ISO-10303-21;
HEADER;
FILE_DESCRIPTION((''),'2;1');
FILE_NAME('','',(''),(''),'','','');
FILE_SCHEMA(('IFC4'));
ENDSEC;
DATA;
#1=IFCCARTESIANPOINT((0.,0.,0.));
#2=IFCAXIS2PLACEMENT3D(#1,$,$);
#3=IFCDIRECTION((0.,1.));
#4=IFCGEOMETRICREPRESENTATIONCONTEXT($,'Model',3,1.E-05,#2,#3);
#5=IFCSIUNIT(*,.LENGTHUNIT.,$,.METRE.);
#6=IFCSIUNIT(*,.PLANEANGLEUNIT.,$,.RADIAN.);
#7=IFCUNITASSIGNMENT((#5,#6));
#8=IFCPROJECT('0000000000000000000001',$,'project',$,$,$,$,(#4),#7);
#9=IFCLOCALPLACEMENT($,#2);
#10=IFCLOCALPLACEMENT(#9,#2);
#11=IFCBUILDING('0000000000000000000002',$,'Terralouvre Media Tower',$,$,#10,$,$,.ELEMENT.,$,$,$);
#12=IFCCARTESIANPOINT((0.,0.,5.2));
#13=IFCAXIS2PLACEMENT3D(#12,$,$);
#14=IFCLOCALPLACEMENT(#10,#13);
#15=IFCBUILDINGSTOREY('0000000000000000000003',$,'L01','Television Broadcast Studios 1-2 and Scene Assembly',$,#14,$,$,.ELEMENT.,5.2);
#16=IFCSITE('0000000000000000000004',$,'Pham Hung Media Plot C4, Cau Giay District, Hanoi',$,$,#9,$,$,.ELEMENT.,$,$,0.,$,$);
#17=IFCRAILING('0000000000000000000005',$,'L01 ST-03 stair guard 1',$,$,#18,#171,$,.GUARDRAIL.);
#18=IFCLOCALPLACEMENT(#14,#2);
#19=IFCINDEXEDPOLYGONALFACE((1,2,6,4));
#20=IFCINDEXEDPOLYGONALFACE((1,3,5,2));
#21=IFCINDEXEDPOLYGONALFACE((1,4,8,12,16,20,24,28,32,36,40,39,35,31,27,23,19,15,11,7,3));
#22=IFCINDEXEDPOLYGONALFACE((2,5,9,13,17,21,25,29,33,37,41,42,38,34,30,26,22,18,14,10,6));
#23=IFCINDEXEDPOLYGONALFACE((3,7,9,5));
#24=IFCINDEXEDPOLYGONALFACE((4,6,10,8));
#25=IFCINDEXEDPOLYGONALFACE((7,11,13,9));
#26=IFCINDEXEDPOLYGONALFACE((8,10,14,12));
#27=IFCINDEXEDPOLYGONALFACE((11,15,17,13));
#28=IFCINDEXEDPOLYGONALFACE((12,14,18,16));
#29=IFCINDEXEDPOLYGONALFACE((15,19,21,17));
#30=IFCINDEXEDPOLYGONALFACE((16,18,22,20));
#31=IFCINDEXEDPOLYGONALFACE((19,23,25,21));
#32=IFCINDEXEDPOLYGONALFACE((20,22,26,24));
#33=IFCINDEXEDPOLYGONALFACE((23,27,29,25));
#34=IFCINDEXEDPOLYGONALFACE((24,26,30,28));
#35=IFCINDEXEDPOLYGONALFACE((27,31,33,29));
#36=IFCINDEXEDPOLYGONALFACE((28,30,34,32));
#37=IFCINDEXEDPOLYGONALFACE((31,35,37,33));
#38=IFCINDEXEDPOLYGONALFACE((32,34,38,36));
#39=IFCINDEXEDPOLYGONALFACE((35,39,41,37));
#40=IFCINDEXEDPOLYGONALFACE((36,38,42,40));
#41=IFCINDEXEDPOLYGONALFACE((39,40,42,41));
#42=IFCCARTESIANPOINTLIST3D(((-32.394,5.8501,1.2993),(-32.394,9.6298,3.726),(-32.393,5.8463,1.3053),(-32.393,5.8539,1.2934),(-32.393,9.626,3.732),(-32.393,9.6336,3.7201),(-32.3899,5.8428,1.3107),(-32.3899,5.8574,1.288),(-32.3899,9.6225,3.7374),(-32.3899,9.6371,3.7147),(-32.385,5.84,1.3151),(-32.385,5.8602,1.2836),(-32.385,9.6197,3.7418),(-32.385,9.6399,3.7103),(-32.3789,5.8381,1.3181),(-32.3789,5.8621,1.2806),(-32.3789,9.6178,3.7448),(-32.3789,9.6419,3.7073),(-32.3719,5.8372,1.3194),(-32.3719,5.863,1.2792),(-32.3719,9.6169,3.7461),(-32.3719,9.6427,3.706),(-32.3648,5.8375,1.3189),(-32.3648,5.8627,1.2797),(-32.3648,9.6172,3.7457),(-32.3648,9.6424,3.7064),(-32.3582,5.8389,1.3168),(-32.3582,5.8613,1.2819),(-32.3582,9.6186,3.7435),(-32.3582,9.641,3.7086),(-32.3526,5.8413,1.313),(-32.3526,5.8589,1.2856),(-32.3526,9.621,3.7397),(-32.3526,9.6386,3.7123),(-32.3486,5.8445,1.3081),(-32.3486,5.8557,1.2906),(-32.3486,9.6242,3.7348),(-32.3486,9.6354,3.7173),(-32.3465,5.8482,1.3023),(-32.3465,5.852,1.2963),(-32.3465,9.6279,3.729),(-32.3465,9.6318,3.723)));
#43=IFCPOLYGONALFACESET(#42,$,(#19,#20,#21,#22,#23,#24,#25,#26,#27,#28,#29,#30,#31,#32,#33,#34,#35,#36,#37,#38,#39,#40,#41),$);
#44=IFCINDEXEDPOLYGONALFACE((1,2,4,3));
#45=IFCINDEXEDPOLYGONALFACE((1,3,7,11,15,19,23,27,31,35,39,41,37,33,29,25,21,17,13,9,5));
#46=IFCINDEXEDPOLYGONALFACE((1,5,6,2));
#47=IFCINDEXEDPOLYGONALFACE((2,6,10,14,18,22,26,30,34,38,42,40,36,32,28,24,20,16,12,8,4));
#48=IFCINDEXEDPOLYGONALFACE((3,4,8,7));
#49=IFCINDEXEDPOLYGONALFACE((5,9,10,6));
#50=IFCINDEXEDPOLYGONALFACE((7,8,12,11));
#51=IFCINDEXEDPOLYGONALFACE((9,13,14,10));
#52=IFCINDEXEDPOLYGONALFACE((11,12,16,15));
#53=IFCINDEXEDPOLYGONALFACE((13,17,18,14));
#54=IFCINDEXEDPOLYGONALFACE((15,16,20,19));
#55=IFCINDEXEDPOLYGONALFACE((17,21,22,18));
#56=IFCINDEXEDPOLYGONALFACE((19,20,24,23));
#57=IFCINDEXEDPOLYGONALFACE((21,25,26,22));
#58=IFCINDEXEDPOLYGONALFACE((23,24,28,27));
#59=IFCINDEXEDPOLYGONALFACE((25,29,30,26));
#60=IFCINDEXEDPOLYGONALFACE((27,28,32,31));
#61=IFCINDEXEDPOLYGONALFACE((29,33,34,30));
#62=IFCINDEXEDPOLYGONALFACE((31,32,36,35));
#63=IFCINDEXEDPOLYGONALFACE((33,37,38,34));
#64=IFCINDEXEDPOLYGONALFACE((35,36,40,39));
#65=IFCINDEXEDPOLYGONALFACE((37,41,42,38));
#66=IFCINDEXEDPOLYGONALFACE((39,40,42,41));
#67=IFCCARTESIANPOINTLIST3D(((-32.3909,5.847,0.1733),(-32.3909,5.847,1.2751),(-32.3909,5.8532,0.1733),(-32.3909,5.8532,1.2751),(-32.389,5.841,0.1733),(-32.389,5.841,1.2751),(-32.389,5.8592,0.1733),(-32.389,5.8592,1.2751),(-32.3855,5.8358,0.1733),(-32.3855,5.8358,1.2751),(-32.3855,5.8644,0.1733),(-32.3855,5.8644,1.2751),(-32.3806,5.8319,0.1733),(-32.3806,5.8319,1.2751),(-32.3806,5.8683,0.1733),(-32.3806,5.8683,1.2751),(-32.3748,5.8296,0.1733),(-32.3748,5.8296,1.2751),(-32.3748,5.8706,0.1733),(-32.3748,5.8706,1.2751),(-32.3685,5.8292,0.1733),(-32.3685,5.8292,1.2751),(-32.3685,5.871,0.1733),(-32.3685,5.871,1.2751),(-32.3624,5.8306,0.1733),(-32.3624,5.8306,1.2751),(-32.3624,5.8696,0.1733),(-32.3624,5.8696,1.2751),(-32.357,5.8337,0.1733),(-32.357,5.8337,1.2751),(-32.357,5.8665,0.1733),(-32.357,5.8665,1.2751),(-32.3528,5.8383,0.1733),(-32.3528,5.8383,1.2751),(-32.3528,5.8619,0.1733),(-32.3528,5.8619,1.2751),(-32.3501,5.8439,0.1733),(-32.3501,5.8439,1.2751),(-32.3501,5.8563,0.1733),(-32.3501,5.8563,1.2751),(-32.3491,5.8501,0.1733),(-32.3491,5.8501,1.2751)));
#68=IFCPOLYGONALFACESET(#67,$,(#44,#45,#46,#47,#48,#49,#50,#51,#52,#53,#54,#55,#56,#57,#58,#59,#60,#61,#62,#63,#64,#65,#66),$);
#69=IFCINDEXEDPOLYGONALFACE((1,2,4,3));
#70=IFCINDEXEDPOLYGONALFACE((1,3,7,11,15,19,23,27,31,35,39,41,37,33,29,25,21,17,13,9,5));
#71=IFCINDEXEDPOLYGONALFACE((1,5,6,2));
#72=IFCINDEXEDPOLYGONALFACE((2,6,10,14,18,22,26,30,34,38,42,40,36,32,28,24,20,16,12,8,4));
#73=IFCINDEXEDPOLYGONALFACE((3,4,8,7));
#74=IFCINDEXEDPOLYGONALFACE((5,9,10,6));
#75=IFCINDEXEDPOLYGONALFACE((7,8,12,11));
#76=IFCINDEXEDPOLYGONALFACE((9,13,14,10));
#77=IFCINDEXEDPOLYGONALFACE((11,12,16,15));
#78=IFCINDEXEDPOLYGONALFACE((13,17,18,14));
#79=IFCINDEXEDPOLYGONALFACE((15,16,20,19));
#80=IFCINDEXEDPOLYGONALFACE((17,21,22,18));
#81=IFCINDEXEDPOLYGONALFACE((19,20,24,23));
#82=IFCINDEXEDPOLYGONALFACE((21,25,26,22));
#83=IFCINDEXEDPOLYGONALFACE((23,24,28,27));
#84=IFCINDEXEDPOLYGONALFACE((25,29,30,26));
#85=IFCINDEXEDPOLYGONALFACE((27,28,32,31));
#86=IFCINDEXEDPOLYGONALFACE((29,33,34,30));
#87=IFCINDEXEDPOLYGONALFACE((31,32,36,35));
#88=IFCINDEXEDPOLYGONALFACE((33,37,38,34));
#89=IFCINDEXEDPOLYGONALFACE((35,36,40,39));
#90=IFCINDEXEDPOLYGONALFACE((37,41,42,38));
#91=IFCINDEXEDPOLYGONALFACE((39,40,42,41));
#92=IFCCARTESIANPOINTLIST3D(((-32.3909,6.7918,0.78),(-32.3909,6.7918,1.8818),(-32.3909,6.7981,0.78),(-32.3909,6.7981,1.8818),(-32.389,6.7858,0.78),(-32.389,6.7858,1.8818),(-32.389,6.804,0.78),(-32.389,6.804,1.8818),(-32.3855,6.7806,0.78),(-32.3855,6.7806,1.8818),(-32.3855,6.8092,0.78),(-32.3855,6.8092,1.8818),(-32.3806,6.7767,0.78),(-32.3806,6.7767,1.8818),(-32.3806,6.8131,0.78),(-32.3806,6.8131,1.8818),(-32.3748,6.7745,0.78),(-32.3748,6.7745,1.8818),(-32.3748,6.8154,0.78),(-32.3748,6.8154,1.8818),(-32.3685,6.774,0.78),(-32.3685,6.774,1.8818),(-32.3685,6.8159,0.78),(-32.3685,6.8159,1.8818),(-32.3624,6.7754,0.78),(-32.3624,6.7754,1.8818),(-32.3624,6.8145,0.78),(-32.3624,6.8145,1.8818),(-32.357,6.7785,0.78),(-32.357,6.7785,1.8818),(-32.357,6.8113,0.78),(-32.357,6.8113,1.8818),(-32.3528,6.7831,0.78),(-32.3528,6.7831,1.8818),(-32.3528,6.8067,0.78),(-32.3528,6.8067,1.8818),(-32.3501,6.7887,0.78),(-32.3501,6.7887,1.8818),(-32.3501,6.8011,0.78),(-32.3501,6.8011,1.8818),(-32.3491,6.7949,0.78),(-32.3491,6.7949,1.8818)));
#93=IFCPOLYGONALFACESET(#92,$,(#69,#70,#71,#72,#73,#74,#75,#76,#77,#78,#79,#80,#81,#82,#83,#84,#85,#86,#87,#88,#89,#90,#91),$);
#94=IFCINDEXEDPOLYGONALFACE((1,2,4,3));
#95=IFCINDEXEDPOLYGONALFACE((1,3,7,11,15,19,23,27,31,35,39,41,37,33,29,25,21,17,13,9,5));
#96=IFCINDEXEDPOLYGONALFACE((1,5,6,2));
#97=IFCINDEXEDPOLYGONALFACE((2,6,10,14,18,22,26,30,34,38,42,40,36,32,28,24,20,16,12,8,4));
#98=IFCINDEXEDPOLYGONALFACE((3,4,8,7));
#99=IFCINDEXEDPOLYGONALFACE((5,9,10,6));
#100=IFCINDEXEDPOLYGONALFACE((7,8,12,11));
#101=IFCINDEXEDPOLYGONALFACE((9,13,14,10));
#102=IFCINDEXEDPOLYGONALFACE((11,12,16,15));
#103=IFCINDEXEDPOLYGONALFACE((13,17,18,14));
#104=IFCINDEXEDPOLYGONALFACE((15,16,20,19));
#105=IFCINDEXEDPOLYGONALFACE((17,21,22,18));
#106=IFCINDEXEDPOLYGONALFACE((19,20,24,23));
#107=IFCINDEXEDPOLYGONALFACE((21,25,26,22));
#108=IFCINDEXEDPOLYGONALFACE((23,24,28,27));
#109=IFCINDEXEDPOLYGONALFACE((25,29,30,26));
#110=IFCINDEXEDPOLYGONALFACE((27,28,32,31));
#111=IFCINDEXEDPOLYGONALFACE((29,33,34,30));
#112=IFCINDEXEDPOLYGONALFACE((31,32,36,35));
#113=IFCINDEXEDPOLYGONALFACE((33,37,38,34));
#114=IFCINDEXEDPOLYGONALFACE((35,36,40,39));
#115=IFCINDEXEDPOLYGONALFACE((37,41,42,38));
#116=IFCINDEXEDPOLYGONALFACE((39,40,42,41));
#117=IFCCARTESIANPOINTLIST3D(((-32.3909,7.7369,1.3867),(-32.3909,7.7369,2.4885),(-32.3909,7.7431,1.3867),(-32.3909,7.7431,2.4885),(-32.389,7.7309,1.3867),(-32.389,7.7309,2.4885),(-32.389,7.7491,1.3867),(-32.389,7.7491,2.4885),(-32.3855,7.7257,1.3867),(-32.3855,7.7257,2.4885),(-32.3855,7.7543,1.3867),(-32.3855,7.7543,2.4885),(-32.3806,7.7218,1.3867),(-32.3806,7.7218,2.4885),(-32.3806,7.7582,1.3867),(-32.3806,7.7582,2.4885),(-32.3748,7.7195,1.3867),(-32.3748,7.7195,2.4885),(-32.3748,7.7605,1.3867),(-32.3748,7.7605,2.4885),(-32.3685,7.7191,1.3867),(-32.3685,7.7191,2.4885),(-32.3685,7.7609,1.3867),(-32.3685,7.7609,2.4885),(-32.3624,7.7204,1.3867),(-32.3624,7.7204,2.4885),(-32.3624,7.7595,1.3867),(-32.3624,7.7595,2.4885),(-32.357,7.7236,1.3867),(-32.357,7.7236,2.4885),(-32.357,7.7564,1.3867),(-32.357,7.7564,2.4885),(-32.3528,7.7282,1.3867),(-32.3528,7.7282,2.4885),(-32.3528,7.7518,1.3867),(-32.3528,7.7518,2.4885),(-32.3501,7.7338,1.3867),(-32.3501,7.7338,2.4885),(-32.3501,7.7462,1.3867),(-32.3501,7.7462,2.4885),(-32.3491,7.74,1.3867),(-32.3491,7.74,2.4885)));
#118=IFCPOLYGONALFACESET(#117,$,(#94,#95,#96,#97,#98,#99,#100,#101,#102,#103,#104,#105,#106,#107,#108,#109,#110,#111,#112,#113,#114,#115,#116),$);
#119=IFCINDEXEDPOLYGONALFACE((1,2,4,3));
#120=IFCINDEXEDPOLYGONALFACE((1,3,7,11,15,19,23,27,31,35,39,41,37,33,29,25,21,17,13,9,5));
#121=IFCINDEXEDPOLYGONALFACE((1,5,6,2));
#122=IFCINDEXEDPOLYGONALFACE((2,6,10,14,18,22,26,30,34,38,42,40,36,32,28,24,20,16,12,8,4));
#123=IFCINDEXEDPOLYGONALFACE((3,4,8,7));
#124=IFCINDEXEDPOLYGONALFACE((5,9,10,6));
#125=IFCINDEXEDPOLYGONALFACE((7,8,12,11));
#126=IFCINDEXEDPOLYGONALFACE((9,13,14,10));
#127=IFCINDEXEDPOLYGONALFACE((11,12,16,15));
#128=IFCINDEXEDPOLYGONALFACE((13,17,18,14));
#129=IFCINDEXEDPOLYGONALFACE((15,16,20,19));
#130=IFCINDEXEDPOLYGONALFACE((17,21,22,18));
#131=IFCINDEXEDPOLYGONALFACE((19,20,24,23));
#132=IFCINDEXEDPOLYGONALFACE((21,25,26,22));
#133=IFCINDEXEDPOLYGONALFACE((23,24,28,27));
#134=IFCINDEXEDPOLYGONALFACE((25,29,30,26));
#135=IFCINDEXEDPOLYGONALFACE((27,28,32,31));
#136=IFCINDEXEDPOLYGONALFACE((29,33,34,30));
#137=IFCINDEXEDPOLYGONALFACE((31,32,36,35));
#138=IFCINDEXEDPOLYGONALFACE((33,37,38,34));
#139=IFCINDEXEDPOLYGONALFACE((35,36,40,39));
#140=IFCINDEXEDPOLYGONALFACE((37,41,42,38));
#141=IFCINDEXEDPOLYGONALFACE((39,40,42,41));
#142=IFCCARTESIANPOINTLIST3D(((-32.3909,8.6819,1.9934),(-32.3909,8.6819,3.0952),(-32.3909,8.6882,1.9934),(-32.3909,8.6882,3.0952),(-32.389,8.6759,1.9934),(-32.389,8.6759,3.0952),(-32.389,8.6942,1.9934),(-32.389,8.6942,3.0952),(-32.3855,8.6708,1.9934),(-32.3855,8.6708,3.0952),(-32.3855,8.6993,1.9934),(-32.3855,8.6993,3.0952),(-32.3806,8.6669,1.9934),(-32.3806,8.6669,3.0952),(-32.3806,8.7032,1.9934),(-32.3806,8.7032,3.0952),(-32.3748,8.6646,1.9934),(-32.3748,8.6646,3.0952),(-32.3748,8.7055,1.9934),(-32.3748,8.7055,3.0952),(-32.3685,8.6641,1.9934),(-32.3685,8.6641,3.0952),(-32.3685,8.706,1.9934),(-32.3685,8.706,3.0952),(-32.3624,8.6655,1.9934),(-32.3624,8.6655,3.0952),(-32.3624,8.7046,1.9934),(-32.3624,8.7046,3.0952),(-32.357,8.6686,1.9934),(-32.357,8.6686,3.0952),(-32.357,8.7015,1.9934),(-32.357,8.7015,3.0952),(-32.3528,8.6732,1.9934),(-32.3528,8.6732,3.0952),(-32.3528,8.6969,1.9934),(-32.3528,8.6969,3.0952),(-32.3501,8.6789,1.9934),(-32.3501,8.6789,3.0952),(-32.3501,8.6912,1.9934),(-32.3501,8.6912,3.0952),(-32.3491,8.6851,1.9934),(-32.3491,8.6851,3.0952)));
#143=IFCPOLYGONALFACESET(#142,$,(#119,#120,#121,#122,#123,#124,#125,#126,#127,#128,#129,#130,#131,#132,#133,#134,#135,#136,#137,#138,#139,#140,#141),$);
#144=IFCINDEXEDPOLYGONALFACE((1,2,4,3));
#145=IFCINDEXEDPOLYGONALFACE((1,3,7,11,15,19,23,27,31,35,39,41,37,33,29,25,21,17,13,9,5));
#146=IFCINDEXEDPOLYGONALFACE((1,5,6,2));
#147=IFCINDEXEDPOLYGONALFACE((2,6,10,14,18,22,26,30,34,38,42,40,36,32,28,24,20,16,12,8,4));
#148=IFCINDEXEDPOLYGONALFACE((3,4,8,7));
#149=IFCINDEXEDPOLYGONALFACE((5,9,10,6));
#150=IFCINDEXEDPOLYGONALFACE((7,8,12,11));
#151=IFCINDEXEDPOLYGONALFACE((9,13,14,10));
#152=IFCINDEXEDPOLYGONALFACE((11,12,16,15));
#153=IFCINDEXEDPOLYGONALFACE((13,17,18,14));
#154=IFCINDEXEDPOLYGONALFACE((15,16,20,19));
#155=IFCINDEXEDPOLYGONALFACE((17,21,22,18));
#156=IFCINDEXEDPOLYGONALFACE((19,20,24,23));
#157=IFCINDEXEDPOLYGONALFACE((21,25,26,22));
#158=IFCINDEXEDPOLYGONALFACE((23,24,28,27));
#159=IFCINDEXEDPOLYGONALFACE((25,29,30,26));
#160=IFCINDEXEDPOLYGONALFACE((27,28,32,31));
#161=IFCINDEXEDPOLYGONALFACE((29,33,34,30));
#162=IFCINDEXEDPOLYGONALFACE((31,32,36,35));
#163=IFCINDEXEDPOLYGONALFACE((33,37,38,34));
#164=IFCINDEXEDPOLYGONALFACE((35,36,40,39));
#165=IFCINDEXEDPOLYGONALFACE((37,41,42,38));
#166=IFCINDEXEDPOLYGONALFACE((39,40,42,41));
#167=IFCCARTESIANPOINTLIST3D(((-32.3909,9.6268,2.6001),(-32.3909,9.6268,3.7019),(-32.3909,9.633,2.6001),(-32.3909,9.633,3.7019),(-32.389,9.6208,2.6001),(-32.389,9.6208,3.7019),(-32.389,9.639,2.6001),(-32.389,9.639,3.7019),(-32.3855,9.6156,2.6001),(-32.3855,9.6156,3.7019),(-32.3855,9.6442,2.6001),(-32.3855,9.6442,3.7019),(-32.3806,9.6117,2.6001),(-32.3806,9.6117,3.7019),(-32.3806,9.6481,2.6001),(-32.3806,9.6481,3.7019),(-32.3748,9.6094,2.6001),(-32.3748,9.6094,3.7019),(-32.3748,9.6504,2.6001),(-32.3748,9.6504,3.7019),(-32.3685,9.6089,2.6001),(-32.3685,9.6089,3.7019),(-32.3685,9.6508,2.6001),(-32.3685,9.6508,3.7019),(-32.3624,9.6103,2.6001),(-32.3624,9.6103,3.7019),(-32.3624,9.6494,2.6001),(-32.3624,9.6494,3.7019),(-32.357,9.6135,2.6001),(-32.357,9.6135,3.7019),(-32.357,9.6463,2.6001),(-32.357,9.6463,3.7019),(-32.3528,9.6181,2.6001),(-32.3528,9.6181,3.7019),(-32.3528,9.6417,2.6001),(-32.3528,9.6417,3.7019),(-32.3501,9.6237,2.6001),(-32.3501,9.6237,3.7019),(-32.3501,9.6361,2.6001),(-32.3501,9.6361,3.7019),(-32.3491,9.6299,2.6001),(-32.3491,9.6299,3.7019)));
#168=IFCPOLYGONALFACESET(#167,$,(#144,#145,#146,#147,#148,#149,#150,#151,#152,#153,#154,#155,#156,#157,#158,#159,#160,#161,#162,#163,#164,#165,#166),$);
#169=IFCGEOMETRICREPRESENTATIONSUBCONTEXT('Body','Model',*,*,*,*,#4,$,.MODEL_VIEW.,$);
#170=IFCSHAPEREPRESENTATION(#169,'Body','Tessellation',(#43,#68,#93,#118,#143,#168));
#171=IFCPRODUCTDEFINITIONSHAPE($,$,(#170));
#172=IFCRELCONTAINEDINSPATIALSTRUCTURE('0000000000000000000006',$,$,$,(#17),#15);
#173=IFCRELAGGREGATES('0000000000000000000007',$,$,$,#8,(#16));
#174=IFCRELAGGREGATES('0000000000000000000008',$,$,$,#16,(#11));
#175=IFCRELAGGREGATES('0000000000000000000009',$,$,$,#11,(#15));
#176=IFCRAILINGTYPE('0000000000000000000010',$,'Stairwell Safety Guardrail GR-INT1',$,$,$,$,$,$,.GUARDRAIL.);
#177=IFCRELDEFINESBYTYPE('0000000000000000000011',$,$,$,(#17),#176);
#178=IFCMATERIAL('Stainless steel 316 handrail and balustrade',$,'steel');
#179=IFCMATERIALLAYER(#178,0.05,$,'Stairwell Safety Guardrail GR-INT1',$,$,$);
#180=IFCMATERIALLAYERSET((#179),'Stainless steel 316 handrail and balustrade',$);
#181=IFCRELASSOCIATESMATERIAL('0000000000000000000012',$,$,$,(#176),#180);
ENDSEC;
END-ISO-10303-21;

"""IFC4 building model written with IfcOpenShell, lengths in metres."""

from ifc_helpers import new_model, si_unit, direction, frame, origin, origin_2d, place, context, subcontext, project, spatial, circle, extrude, material, layer, layer_set, type_object, element, save


model = new_model("IFC4")

# Units and contexts
model_context = context("Model", 3, precision=1e-05, world=origin(), true_north=direction((0.0, 1.0)))
body_context = subcontext(model_context, "Body", "Model", "MODEL_VIEW")
ifc_project = project(units=[si_unit("LENGTHUNIT", "METRE"), si_unit("PLANEANGLEUNIT", "RADIAN")], contexts=[model_context])

# Site, building, storey
site_placement = place(None, origin())
site = spatial("IfcSite", under=ifc_project, at=site_placement, Name="Pham Hung Media Plot C4, Cau Giay District, Hanoi", CompositionType="ELEMENT", RefElevation=0.0)
building_placement = place(site_placement, origin())
building = spatial("IfcBuilding", under=site, at=building_placement, Name="Terralouvre Media Tower", CompositionType="ELEMENT")
storey_placement = place(building_placement, frame((0.0, 0.0, 5.2)))
storey = spatial("IfcBuildingStorey", under=building, at=storey_placement, Name="L01", Description="Television Broadcast Studios 1-2 and Scene Assembly", CompositionType="ELEMENT", Elevation=5.2)

# Railing
ifc_material_1 = material(Name="Stainless steel 316 handrail and balustrade", Category="steel")
ifc_layer_1 = layer(ifc_material_1, 0.05, Name="Stairwell Safety Guardrail GR-INT1")
ifc_layer_set_1 = layer_set([ifc_layer_1], Name="Stainless steel 316 handrail and balustrade")
railing_type_1 = type_object("IfcRailingType", Name="Stairwell Safety Guardrail GR-INT1", PredefinedType="GUARDRAIL", material=ifc_layer_set_1)
railing_1_placement = place(storey_placement, frame((-32.3701, 5.8501, 0.1733)))
element("IfcRailing", 1, at=railing_1_placement, inside=storey, type_object=railing_type_1, Name="L01 ST-03 stair guard 1", PredefinedType="GUARDRAIL", context=body_context, shape_type="SweptSolid", body=[
    extrude(circle(Radius=0.0239, at=origin_2d()), frame((0.0, 0.0, 1.126), z_axis=(0.0, 0.841493, 0.540269), x_axis=(-1.0, 0.0, 0.0)), (0.0, 0.0, 1.0), 4.4917),
    extrude(circle(Radius=0.021, at=origin_2d()), origin(), (0.0, 0.0, 1.0), 1.1018),
    extrude(circle(Radius=0.021, at=origin_2d()), frame((0.0, 0.9448, 0.6067)), (0.0, 0.0, 1.0), 1.1018),
    extrude(circle(Radius=0.021, at=origin_2d()), frame((0.0, 1.8899, 1.2134)), (0.0, 0.0, 1.0), 1.1018),
    extrude(circle(Radius=0.021, at=origin_2d()), frame((0.0, 2.835, 1.8201)), (0.0, 0.0, 1.0), 1.1018),
    extrude(circle(Radius=0.021, at=origin_2d()), frame((0.0, 3.7798, 2.4268)), (0.0, 0.0, 1.0), 1.1018),
])

save(model, "model.ifc")
